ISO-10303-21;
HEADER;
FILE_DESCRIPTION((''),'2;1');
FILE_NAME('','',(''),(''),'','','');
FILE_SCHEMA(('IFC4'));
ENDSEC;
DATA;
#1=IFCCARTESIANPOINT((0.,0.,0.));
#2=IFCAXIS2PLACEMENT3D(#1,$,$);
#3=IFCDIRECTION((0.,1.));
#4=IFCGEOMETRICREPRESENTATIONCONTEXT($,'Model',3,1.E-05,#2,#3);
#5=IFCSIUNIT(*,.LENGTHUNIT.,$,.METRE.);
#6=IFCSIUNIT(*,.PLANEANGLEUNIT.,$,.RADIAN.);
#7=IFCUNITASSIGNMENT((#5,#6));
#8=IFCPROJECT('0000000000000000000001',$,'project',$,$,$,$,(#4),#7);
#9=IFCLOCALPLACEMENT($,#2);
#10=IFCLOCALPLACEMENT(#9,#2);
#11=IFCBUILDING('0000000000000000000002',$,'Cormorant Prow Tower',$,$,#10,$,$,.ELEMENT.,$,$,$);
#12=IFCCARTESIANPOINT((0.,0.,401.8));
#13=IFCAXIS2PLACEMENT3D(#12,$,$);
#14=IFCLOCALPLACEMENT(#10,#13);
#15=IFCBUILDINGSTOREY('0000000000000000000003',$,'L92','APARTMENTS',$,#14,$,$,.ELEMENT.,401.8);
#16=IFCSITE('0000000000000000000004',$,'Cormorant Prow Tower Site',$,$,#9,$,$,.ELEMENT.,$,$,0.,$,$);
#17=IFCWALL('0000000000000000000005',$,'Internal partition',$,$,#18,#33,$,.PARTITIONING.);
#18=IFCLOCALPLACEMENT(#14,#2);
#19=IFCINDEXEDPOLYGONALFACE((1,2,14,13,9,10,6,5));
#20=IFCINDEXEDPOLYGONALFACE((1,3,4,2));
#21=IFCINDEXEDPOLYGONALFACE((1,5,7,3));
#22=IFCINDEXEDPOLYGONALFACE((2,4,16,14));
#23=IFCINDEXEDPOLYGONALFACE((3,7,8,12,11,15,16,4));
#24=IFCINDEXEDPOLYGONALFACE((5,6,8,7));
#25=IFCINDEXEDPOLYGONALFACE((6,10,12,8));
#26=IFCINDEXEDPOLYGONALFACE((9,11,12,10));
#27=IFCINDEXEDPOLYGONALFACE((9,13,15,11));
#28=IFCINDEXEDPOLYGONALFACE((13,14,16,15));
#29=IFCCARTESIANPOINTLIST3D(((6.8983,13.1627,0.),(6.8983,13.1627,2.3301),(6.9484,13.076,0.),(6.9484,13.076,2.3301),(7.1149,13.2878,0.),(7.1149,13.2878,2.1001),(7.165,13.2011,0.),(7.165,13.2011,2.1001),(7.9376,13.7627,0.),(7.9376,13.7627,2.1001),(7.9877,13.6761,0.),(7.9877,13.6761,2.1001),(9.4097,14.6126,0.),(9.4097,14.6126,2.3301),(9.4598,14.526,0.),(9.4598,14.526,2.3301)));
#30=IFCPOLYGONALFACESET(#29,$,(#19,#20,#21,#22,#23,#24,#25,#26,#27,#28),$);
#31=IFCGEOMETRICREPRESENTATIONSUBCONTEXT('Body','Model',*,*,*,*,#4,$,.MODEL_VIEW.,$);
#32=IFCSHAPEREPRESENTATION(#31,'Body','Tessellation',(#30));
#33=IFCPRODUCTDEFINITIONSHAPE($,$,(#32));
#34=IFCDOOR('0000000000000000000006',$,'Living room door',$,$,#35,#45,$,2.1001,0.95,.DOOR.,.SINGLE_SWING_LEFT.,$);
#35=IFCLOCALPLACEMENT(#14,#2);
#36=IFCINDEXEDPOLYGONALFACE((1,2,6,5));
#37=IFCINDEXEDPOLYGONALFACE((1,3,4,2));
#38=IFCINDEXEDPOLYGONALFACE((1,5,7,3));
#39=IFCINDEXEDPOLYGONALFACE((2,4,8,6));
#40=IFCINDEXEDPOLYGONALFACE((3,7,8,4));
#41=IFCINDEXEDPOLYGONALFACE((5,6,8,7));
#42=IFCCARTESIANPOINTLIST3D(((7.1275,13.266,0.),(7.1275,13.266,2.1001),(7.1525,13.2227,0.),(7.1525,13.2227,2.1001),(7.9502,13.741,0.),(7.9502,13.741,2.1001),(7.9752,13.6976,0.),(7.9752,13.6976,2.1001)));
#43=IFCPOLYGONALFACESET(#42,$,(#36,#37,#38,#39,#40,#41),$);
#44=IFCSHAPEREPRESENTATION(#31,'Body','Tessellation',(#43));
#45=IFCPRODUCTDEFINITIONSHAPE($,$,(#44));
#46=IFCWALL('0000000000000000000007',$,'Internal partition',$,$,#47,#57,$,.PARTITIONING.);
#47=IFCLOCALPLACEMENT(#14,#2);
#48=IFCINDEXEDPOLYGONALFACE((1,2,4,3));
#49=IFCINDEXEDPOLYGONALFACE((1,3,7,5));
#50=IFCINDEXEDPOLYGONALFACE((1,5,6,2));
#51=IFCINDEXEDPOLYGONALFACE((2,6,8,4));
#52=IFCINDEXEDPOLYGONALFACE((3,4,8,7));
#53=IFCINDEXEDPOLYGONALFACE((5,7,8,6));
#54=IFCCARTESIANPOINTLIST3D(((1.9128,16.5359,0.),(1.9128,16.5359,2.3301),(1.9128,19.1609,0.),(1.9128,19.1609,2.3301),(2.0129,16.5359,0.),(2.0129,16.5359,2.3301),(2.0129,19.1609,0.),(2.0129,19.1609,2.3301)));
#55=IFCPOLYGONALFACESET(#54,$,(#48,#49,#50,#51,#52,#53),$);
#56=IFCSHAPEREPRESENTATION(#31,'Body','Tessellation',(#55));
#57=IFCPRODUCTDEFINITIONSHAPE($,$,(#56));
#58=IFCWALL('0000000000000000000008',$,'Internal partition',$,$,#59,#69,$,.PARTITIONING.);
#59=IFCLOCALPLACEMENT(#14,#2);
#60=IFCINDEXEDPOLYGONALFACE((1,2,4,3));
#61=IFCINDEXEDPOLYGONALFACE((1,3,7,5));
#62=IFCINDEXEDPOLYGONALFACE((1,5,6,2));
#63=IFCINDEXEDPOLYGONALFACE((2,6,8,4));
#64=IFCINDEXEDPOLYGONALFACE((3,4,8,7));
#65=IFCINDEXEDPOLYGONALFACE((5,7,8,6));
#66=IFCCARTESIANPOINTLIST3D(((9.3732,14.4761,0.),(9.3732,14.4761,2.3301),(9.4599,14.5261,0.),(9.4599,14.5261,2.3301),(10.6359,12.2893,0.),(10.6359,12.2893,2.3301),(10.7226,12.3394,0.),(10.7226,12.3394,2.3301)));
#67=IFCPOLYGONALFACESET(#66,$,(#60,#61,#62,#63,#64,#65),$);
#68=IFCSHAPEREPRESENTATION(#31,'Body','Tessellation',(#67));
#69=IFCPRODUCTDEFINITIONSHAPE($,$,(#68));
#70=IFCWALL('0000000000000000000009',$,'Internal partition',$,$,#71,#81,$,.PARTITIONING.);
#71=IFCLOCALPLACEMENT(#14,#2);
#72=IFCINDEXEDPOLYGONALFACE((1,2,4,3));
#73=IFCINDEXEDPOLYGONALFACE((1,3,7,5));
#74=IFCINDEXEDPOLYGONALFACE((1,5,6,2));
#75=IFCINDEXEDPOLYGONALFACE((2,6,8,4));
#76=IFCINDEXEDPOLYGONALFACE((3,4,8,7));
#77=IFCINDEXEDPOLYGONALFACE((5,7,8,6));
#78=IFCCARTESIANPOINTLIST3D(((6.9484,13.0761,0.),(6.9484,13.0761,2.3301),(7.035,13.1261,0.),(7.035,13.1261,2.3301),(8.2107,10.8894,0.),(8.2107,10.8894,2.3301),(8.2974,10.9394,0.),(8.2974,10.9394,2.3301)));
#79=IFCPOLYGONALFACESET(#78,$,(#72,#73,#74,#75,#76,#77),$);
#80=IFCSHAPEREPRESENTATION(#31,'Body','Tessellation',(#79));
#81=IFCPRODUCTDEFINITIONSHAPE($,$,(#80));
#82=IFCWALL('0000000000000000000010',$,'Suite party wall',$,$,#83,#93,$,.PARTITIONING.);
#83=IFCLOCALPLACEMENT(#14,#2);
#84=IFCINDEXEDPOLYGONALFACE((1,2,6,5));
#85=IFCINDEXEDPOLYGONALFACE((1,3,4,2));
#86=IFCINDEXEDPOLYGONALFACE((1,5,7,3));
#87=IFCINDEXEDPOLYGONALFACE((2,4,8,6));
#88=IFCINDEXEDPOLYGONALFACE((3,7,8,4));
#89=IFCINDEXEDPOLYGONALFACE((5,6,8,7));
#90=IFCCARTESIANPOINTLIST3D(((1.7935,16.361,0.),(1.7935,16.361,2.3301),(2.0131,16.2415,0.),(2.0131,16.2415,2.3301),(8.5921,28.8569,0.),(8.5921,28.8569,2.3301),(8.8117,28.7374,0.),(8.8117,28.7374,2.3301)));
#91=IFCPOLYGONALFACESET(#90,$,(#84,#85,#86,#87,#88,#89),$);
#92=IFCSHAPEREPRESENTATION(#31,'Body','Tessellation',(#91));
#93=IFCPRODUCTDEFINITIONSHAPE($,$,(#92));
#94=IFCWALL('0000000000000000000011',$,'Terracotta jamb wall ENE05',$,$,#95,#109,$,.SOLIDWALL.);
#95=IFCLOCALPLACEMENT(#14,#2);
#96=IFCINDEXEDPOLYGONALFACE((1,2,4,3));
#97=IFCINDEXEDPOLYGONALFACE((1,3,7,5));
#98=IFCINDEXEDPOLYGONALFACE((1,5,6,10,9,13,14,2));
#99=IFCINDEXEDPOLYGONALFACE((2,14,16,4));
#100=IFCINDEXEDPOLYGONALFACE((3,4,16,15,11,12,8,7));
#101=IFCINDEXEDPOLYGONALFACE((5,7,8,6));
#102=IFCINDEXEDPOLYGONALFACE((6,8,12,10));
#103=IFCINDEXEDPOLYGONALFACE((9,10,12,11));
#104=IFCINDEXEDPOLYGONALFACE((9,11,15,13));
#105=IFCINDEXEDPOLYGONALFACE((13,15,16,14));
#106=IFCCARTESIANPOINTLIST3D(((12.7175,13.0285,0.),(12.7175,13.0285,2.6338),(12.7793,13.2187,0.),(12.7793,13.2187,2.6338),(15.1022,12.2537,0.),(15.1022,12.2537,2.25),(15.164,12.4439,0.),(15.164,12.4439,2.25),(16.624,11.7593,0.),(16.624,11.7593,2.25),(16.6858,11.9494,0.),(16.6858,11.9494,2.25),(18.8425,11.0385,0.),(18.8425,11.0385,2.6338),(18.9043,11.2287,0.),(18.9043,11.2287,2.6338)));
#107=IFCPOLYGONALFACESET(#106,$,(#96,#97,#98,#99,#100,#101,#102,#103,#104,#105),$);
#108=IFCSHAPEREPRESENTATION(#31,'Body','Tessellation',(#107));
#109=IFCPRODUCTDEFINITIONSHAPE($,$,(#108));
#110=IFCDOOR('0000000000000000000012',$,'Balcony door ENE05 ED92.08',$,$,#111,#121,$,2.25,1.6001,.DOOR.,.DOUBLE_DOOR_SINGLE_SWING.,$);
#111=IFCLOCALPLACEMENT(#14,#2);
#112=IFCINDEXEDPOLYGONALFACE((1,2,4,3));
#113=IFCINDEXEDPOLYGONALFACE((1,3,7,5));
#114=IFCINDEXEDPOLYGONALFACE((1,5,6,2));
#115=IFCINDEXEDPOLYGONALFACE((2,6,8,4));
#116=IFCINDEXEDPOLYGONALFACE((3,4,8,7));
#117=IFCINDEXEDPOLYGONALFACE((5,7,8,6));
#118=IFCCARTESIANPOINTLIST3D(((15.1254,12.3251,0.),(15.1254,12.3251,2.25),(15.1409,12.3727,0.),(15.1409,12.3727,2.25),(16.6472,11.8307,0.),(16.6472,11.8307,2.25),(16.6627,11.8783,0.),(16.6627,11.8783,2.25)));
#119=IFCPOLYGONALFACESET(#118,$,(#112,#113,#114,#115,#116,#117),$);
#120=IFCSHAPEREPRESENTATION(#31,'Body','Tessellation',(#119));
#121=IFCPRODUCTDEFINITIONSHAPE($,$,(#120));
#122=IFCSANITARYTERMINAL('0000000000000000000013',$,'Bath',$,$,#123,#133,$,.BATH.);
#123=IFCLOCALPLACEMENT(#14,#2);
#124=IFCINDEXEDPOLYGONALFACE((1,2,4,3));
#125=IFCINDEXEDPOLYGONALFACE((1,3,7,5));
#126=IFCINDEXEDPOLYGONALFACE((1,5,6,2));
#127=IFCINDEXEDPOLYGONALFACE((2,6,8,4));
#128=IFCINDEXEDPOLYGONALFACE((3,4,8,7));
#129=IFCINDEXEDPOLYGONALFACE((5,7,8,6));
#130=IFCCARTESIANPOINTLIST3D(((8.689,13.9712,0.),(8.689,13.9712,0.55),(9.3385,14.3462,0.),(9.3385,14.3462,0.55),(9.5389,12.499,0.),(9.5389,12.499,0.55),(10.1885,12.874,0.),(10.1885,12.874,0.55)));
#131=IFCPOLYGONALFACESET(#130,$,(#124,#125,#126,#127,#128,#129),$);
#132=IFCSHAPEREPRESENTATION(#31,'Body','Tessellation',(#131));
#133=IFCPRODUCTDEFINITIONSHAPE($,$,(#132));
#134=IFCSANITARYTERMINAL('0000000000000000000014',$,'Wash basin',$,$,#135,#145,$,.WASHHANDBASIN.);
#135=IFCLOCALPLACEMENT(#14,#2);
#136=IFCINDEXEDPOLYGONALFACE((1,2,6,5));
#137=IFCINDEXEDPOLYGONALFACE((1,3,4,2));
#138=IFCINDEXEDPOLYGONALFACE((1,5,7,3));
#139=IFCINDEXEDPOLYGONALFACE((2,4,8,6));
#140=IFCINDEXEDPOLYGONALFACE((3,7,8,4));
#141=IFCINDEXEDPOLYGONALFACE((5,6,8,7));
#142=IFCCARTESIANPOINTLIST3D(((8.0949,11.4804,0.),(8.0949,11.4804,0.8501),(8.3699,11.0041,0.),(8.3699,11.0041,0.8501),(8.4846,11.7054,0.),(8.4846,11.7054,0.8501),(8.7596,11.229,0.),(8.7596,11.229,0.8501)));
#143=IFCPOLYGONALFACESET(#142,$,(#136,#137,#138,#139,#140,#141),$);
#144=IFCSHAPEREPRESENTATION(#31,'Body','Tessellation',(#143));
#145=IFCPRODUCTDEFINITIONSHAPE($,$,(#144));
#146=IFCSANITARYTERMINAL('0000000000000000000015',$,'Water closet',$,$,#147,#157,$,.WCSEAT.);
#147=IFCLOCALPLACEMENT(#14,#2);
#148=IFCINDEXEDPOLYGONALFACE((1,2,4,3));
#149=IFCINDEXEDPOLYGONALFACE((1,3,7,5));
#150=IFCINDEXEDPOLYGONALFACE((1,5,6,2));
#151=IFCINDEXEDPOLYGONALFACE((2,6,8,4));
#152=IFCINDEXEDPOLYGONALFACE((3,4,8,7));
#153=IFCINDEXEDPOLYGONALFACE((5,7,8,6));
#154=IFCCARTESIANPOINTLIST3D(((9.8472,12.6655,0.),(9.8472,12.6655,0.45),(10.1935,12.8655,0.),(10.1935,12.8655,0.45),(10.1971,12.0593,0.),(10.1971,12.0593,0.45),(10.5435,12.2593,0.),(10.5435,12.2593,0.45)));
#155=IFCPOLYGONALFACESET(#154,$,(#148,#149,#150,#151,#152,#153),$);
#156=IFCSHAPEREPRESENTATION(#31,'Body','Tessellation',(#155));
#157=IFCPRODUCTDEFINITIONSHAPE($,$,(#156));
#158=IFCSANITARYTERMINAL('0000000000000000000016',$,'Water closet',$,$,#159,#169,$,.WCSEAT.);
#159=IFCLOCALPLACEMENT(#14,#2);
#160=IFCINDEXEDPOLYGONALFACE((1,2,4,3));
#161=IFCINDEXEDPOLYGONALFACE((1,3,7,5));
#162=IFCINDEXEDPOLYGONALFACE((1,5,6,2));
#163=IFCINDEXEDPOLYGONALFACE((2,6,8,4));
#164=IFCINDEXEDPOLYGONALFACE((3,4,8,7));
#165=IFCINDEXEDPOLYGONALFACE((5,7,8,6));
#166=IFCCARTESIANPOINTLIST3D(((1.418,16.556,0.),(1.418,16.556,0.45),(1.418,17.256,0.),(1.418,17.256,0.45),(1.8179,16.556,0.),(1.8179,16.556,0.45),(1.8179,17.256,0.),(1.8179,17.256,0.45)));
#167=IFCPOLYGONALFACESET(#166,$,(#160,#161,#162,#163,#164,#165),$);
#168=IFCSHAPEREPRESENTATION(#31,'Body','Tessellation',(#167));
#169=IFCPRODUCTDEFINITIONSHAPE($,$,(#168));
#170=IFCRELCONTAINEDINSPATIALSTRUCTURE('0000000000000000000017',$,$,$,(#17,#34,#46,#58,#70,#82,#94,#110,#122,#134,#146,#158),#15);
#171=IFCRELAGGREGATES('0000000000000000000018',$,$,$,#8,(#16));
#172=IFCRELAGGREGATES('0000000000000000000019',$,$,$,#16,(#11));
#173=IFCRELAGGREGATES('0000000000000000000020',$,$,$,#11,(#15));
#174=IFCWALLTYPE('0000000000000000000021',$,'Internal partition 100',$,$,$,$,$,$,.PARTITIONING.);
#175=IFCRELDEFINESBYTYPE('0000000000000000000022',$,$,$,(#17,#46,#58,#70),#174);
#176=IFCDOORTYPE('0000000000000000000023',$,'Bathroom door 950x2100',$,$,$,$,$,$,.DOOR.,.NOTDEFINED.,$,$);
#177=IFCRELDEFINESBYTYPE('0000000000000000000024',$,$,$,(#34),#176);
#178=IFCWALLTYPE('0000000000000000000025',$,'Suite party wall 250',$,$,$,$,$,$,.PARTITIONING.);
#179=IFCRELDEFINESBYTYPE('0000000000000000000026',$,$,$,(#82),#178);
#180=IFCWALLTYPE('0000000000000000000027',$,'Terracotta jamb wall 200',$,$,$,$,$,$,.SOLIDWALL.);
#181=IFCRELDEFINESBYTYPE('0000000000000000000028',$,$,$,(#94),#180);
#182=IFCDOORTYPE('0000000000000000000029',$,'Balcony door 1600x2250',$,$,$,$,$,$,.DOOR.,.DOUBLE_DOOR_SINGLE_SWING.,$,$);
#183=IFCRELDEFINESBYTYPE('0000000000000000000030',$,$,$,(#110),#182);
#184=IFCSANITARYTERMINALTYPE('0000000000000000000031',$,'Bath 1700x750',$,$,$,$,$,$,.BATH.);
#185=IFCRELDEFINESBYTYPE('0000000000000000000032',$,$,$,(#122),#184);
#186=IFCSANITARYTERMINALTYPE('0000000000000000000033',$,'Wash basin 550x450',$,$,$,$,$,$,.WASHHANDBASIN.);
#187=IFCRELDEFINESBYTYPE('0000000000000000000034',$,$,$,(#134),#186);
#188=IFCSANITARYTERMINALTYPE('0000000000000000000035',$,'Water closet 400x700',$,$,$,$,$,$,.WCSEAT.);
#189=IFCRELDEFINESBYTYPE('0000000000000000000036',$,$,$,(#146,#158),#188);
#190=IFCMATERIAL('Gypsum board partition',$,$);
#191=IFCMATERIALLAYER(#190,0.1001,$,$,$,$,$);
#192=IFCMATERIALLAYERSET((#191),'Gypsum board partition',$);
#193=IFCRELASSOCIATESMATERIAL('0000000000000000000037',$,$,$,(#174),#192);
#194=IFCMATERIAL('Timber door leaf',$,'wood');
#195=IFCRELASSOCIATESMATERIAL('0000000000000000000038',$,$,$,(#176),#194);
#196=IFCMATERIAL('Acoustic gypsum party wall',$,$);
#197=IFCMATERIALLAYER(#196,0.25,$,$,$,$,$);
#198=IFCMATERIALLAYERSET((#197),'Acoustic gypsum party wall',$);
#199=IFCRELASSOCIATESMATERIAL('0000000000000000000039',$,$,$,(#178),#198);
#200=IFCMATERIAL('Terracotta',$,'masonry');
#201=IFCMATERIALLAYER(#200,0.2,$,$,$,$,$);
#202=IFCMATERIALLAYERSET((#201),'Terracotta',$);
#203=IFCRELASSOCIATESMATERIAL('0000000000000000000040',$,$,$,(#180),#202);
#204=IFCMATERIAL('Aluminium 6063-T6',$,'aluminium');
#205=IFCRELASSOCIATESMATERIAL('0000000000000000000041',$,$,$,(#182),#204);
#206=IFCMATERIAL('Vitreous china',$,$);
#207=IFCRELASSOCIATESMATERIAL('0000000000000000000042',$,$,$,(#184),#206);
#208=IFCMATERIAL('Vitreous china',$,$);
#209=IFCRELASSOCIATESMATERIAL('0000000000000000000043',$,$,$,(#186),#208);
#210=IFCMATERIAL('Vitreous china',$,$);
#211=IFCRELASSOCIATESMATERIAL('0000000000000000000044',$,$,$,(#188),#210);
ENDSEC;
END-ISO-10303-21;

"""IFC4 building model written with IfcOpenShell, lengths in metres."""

from ifc_helpers import new_model, si_unit, direction, frame, frame_2d, origin, origin_2d, place, context, subcontext, project, spatial, rectangle, extrude, material, layer, layer_set, type_object, element, fill, save


model = new_model("IFC4")

# Units and contexts
model_context = context("Model", 3, precision=1e-05, world=origin(), true_north=direction((0.0, 1.0)))
body_context = subcontext(model_context, "Body", "Model", "MODEL_VIEW")
ifc_project = project(units=[si_unit("LENGTHUNIT", "METRE"), si_unit("PLANEANGLEUNIT", "RADIAN")], contexts=[model_context])

# Site, building, storey
site_placement = place(None, origin())
site = spatial("IfcSite", under=ifc_project, at=site_placement, Name="Cormorant Prow Tower Site", CompositionType="ELEMENT", RefElevation=0.0)
building_placement = place(site_placement, origin())
building = spatial("IfcBuilding", under=site, at=building_placement, Name="Cormorant Prow Tower", CompositionType="ELEMENT")
storey_placement = place(building_placement, frame((0.0, 0.0, 401.8)))
storey = spatial("IfcBuildingStorey", under=building, at=storey_placement, Name="L92", Description="APARTMENTS", CompositionType="ELEMENT", Elevation=401.8)

# Shared definitions
ifc_material_1 = material(Name="Gypsum board partition")
ifc_layer_1 = layer(ifc_material_1, 0.1001)
ifc_layer_set_1 = layer_set([ifc_layer_1], Name="Gypsum board partition")
wall_type_1 = type_object("IfcWallType", Name="Internal partition 100", PredefinedType="PARTITIONING", material=ifc_layer_set_1)
ifc_material_2 = material(Name="Timber door leaf", Category="wood")
door_type_1 = type_object("IfcDoorType", Name="Bathroom door 950x2100", OperationType="NOTDEFINED", PredefinedType="DOOR", material=ifc_material_2)

# Wall, opening, door
wall_1_placement = place(storey_placement, frame((6.9233, 13.1194, 0.0), z_axis=(0.0, 0.0, 1.0), x_axis=(0.866033, 0.499987, 0.0)))
wall_1 = element("IfcWall", 1, at=wall_1_placement, inside=storey, type_object=wall_type_1, Name="Internal partition", PredefinedType="PARTITIONING", context=body_context, shape_type="SweptSolid", body=[
    extrude(rectangle(XDim=2.8999, YDim=0.1001, at=frame_2d((1.45, 0.0))), origin(), (0.0, 0.0, 1.0), 2.3301),
])
opening_1_placement = place(wall_1_placement, frame((0.25, 0.0, 0.0)))
opening_1 = element("IfcOpeningElement", 2, at=opening_1_placement, cuts=wall_1, PredefinedType="OPENING", context=body_context, shape_type="SweptSolid", body=[
    extrude(rectangle(XDim=0.95, YDim=2.1001, at=frame_2d((0.4751, 1.05))), frame((0.0, 0.0601, 0.0), z_axis=(0.0, -1.0, 0.0), x_axis=(1.0, 0.0, 0.0)), (0.0, 0.0, 1.0), 0.1201),
])
door_1_placement = place(opening_1_placement, origin())
door_1 = element("IfcDoor", 3, at=door_1_placement, inside=storey, type_object=door_type_1, Name="Living room door", OperationType="SINGLE_SWING_LEFT", OverallHeight=2.1001, OverallWidth=0.95, PredefinedType="DOOR", context=body_context, shape_type="SweptSolid", body=[
    extrude(rectangle(XDim=0.95, YDim=2.1001, at=frame_2d((0.4751, 1.05))), frame((0.0, 0.0249, 0.0), z_axis=(0.0, -1.0, 0.0), x_axis=(1.0, 0.0, 0.0)), (0.0, 0.0, 1.0), 0.05),
])
fill(opening_1, door_1)

# Walls
wall_2_placement = place(storey_placement, frame((1.9629, 16.5359, 0.0), z_axis=(0.0, 0.0, 1.0), x_axis=(0.0, 1.0, 0.0)))
element("IfcWall", 4, at=wall_2_placement, inside=storey, type_object=wall_type_1, Name="Internal partition", PredefinedType="PARTITIONING", context=body_context, shape_type="SweptSolid", body=[
    extrude(rectangle(XDim=2.625, YDim=0.1001, at=frame_2d((1.3125, 0.0))), origin(), (0.0, 0.0, 1.0), 2.3301),
])
wall_3_placement = place(storey_placement, frame((9.4165, 14.5012, 0.0), z_axis=(0.0, 0.0, 1.0), x_axis=(0.500049, -0.865997, 0.0)))
element("IfcWall", 5, at=wall_3_placement, inside=storey, type_object=wall_type_1, Name="Internal partition", PredefinedType="PARTITIONING", context=body_context, shape_type="SweptSolid", body=[
    extrude(rectangle(XDim=2.5251, YDim=0.1001, at=frame_2d((1.2627, 0.0))), origin(), (0.0, 0.0, 1.0), 2.3301),
])
wall_4_placement = place(storey_placement, frame((6.9917, 13.1011, 0.0), z_axis=(0.0, 0.0, 1.0), x_axis=(0.499976, -0.866039, 0.0)))
element("IfcWall", 6, at=wall_4_placement, inside=storey, type_object=wall_type_1, Name="Internal partition", PredefinedType="PARTITIONING", context=body_context, shape_type="SweptSolid", body=[
    extrude(rectangle(XDim=2.5249, YDim=0.1001, at=frame_2d((1.2625, 0.0))), origin(), (0.0, 0.0, 1.0), 2.3301),
])
ifc_material_3 = material(Name="Acoustic gypsum party wall")
ifc_layer_2 = layer(ifc_material_3, 0.25)
ifc_layer_set_2 = layer_set([ifc_layer_2], Name="Acoustic gypsum party wall")
wall_type_2 = type_object("IfcWallType", Name="Suite party wall 250", PredefinedType="PARTITIONING", material=ifc_layer_set_2)
wall_5_placement = place(storey_placement, frame((1.9033, 16.3013, 0.0), z_axis=(0.0, 0.0, 1.0), x_axis=(0.477913, 0.878407, 0.0)))
element("IfcWall", 7, at=wall_5_placement, inside=storey, type_object=wall_type_2, Name="Suite party wall", PredefinedType="PARTITIONING", context=body_context, shape_type="SweptSolid", body=[
    extrude(rectangle(XDim=14.2256, YDim=0.25, at=frame_2d((7.1128, 0.0))), origin(), (0.0, 0.0, 1.0), 2.3301),
])

# Wall, opening, door
ifc_material_4 = material(Name="Terracotta", Category="masonry")
ifc_layer_3 = layer(ifc_material_4, 0.2)
ifc_layer_set_3 = layer_set([ifc_layer_3], Name="Terracotta")
wall_type_3 = type_object("IfcWallType", Name="Terracotta jamb wall 200", PredefinedType="SOLIDWALL", material=ifc_layer_set_3)
wall_6_placement = place(storey_placement, frame((18.8735, 11.1335, 0.0), z_axis=(0.0, 0.0, 1.0), x_axis=(-0.951063, 0.308997, 0.0)))
wall_6 = element("IfcWall", 8, at=wall_6_placement, inside=storey, type_object=wall_type_3, Name="Terracotta jamb wall ENE05", PredefinedType="SOLIDWALL", context=body_context, shape_type="SweptSolid", body=[
    extrude(rectangle(XDim=6.4402, YDim=0.2, at=frame_2d((3.2202, 0.0))), origin(), (0.0, 0.0, 1.0), 2.6338),
])
opening_2_placement = place(wall_6_placement, frame((2.3328, 0.0, 0.0)))
opening_2 = element("IfcOpeningElement", 9, at=opening_2_placement, cuts=wall_6, PredefinedType="OPENING", context=body_context, shape_type="SweptSolid", body=[
    extrude(rectangle(XDim=1.6001, YDim=2.25, at=frame_2d((0.8, 1.125))), frame((0.0, 0.1099, 0.0), z_axis=(0.0, -1.0, 0.0), x_axis=(1.0, 0.0, 0.0)), (0.0, 0.0, 1.0), 0.22),
])
ifc_material_5 = material(Name="Aluminium 6063-T6", Category="aluminium")
door_type_2 = type_object("IfcDoorType", Name="Balcony door 1600x2250", OperationType="DOUBLE_DOOR_SINGLE_SWING", PredefinedType="DOOR", material=ifc_material_5)
door_2_placement = place(opening_2_placement, origin())
door_2 = element("IfcDoor", 10, at=door_2_placement, inside=storey, type_object=door_type_2, Name="Balcony door ENE05 ED92.08", OperationType="DOUBLE_DOOR_SINGLE_SWING", OverallHeight=2.25, OverallWidth=1.6001, PredefinedType="DOOR", context=body_context, shape_type="SweptSolid", body=[
    extrude(rectangle(XDim=1.6001, YDim=2.25, at=frame_2d((0.8, 1.125))), frame((0.0, 0.0249, 0.0), z_axis=(0.0, -1.0, 0.0), x_axis=(1.0, 0.0, 0.0)), (0.0, 0.0, 1.0), 0.05),
])
fill(opening_2, door_2)

# Sanitary terminals
ifc_material_6 = material(Name="Vitreous china")
sanitary_terminal_type_1 = type_object("IfcSanitaryTerminalType", Name="Bath 1700x750", PredefinedType="BATH", material=ifc_material_6)
sanitary_terminal_1_placement = place(storey_placement, frame((9.4387, 13.4226, 0.0), z_axis=(0.0, 0.0, 1.0), x_axis=(0.5, -0.866025, 0.0)))
element("IfcSanitaryTerminal", 11, at=sanitary_terminal_1_placement, inside=storey, type_object=sanitary_terminal_type_1, Name="Bath", PredefinedType="BATH", context=body_context, shape_type="SweptSolid", body=[
    extrude(rectangle(XDim=1.7, YDim=0.75, at=origin_2d()), origin(), (0.0, 0.0, 1.0), 0.55),
])
ifc_material_7 = material(Name="Vitreous china")
sanitary_terminal_type_2 = type_object("IfcSanitaryTerminalType", Name="Wash basin 550x450", PredefinedType="WASHHANDBASIN", material=ifc_material_7)
sanitary_terminal_2_placement = place(storey_placement, frame((8.4272, 11.3547, 0.0), z_axis=(0.0, 0.0, 1.0), x_axis=(-0.5, 0.866025, 0.0)))
element("IfcSanitaryTerminal", 12, at=sanitary_terminal_2_placement, inside=storey, type_object=sanitary_terminal_type_2, Name="Wash basin", PredefinedType="WASHHANDBASIN", context=body_context, shape_type="SweptSolid", body=[
    extrude(rectangle(XDim=0.55, YDim=0.45, at=origin_2d()), origin(), (0.0, 0.0, 1.0), 0.8501),
])
ifc_material_8 = material(Name="Vitreous china")
sanitary_terminal_type_3 = type_object("IfcSanitaryTerminalType", Name="Water closet 400x700", PredefinedType="WCSEAT", material=ifc_material_8)
for number, where, z_axis, x_axis, name in (
    (13, (10.1953, 12.4624, 0.0), (0.0, 0.0, 1.0), (-0.866025, -0.5, 0.0), "Water closet"),
    (14, (1.6179, 16.906, 0.0), (0.0, 0.0, 1.0), (-1.0, 0.0, 0.0), "Water closet"),
):
    element("IfcSanitaryTerminal", number, at=place(storey_placement, frame(where, z_axis=z_axis, x_axis=x_axis)), inside=storey, type_object=sanitary_terminal_type_3, Name=name, PredefinedType="WCSEAT", context=body_context, shape_type="SweptSolid", body=[
        extrude(rectangle(XDim=0.3999, YDim=0.7, at=origin_2d()), origin(), (0.0, 0.0, 1.0), 0.45),
    ])

save(model, "model.ifc")
